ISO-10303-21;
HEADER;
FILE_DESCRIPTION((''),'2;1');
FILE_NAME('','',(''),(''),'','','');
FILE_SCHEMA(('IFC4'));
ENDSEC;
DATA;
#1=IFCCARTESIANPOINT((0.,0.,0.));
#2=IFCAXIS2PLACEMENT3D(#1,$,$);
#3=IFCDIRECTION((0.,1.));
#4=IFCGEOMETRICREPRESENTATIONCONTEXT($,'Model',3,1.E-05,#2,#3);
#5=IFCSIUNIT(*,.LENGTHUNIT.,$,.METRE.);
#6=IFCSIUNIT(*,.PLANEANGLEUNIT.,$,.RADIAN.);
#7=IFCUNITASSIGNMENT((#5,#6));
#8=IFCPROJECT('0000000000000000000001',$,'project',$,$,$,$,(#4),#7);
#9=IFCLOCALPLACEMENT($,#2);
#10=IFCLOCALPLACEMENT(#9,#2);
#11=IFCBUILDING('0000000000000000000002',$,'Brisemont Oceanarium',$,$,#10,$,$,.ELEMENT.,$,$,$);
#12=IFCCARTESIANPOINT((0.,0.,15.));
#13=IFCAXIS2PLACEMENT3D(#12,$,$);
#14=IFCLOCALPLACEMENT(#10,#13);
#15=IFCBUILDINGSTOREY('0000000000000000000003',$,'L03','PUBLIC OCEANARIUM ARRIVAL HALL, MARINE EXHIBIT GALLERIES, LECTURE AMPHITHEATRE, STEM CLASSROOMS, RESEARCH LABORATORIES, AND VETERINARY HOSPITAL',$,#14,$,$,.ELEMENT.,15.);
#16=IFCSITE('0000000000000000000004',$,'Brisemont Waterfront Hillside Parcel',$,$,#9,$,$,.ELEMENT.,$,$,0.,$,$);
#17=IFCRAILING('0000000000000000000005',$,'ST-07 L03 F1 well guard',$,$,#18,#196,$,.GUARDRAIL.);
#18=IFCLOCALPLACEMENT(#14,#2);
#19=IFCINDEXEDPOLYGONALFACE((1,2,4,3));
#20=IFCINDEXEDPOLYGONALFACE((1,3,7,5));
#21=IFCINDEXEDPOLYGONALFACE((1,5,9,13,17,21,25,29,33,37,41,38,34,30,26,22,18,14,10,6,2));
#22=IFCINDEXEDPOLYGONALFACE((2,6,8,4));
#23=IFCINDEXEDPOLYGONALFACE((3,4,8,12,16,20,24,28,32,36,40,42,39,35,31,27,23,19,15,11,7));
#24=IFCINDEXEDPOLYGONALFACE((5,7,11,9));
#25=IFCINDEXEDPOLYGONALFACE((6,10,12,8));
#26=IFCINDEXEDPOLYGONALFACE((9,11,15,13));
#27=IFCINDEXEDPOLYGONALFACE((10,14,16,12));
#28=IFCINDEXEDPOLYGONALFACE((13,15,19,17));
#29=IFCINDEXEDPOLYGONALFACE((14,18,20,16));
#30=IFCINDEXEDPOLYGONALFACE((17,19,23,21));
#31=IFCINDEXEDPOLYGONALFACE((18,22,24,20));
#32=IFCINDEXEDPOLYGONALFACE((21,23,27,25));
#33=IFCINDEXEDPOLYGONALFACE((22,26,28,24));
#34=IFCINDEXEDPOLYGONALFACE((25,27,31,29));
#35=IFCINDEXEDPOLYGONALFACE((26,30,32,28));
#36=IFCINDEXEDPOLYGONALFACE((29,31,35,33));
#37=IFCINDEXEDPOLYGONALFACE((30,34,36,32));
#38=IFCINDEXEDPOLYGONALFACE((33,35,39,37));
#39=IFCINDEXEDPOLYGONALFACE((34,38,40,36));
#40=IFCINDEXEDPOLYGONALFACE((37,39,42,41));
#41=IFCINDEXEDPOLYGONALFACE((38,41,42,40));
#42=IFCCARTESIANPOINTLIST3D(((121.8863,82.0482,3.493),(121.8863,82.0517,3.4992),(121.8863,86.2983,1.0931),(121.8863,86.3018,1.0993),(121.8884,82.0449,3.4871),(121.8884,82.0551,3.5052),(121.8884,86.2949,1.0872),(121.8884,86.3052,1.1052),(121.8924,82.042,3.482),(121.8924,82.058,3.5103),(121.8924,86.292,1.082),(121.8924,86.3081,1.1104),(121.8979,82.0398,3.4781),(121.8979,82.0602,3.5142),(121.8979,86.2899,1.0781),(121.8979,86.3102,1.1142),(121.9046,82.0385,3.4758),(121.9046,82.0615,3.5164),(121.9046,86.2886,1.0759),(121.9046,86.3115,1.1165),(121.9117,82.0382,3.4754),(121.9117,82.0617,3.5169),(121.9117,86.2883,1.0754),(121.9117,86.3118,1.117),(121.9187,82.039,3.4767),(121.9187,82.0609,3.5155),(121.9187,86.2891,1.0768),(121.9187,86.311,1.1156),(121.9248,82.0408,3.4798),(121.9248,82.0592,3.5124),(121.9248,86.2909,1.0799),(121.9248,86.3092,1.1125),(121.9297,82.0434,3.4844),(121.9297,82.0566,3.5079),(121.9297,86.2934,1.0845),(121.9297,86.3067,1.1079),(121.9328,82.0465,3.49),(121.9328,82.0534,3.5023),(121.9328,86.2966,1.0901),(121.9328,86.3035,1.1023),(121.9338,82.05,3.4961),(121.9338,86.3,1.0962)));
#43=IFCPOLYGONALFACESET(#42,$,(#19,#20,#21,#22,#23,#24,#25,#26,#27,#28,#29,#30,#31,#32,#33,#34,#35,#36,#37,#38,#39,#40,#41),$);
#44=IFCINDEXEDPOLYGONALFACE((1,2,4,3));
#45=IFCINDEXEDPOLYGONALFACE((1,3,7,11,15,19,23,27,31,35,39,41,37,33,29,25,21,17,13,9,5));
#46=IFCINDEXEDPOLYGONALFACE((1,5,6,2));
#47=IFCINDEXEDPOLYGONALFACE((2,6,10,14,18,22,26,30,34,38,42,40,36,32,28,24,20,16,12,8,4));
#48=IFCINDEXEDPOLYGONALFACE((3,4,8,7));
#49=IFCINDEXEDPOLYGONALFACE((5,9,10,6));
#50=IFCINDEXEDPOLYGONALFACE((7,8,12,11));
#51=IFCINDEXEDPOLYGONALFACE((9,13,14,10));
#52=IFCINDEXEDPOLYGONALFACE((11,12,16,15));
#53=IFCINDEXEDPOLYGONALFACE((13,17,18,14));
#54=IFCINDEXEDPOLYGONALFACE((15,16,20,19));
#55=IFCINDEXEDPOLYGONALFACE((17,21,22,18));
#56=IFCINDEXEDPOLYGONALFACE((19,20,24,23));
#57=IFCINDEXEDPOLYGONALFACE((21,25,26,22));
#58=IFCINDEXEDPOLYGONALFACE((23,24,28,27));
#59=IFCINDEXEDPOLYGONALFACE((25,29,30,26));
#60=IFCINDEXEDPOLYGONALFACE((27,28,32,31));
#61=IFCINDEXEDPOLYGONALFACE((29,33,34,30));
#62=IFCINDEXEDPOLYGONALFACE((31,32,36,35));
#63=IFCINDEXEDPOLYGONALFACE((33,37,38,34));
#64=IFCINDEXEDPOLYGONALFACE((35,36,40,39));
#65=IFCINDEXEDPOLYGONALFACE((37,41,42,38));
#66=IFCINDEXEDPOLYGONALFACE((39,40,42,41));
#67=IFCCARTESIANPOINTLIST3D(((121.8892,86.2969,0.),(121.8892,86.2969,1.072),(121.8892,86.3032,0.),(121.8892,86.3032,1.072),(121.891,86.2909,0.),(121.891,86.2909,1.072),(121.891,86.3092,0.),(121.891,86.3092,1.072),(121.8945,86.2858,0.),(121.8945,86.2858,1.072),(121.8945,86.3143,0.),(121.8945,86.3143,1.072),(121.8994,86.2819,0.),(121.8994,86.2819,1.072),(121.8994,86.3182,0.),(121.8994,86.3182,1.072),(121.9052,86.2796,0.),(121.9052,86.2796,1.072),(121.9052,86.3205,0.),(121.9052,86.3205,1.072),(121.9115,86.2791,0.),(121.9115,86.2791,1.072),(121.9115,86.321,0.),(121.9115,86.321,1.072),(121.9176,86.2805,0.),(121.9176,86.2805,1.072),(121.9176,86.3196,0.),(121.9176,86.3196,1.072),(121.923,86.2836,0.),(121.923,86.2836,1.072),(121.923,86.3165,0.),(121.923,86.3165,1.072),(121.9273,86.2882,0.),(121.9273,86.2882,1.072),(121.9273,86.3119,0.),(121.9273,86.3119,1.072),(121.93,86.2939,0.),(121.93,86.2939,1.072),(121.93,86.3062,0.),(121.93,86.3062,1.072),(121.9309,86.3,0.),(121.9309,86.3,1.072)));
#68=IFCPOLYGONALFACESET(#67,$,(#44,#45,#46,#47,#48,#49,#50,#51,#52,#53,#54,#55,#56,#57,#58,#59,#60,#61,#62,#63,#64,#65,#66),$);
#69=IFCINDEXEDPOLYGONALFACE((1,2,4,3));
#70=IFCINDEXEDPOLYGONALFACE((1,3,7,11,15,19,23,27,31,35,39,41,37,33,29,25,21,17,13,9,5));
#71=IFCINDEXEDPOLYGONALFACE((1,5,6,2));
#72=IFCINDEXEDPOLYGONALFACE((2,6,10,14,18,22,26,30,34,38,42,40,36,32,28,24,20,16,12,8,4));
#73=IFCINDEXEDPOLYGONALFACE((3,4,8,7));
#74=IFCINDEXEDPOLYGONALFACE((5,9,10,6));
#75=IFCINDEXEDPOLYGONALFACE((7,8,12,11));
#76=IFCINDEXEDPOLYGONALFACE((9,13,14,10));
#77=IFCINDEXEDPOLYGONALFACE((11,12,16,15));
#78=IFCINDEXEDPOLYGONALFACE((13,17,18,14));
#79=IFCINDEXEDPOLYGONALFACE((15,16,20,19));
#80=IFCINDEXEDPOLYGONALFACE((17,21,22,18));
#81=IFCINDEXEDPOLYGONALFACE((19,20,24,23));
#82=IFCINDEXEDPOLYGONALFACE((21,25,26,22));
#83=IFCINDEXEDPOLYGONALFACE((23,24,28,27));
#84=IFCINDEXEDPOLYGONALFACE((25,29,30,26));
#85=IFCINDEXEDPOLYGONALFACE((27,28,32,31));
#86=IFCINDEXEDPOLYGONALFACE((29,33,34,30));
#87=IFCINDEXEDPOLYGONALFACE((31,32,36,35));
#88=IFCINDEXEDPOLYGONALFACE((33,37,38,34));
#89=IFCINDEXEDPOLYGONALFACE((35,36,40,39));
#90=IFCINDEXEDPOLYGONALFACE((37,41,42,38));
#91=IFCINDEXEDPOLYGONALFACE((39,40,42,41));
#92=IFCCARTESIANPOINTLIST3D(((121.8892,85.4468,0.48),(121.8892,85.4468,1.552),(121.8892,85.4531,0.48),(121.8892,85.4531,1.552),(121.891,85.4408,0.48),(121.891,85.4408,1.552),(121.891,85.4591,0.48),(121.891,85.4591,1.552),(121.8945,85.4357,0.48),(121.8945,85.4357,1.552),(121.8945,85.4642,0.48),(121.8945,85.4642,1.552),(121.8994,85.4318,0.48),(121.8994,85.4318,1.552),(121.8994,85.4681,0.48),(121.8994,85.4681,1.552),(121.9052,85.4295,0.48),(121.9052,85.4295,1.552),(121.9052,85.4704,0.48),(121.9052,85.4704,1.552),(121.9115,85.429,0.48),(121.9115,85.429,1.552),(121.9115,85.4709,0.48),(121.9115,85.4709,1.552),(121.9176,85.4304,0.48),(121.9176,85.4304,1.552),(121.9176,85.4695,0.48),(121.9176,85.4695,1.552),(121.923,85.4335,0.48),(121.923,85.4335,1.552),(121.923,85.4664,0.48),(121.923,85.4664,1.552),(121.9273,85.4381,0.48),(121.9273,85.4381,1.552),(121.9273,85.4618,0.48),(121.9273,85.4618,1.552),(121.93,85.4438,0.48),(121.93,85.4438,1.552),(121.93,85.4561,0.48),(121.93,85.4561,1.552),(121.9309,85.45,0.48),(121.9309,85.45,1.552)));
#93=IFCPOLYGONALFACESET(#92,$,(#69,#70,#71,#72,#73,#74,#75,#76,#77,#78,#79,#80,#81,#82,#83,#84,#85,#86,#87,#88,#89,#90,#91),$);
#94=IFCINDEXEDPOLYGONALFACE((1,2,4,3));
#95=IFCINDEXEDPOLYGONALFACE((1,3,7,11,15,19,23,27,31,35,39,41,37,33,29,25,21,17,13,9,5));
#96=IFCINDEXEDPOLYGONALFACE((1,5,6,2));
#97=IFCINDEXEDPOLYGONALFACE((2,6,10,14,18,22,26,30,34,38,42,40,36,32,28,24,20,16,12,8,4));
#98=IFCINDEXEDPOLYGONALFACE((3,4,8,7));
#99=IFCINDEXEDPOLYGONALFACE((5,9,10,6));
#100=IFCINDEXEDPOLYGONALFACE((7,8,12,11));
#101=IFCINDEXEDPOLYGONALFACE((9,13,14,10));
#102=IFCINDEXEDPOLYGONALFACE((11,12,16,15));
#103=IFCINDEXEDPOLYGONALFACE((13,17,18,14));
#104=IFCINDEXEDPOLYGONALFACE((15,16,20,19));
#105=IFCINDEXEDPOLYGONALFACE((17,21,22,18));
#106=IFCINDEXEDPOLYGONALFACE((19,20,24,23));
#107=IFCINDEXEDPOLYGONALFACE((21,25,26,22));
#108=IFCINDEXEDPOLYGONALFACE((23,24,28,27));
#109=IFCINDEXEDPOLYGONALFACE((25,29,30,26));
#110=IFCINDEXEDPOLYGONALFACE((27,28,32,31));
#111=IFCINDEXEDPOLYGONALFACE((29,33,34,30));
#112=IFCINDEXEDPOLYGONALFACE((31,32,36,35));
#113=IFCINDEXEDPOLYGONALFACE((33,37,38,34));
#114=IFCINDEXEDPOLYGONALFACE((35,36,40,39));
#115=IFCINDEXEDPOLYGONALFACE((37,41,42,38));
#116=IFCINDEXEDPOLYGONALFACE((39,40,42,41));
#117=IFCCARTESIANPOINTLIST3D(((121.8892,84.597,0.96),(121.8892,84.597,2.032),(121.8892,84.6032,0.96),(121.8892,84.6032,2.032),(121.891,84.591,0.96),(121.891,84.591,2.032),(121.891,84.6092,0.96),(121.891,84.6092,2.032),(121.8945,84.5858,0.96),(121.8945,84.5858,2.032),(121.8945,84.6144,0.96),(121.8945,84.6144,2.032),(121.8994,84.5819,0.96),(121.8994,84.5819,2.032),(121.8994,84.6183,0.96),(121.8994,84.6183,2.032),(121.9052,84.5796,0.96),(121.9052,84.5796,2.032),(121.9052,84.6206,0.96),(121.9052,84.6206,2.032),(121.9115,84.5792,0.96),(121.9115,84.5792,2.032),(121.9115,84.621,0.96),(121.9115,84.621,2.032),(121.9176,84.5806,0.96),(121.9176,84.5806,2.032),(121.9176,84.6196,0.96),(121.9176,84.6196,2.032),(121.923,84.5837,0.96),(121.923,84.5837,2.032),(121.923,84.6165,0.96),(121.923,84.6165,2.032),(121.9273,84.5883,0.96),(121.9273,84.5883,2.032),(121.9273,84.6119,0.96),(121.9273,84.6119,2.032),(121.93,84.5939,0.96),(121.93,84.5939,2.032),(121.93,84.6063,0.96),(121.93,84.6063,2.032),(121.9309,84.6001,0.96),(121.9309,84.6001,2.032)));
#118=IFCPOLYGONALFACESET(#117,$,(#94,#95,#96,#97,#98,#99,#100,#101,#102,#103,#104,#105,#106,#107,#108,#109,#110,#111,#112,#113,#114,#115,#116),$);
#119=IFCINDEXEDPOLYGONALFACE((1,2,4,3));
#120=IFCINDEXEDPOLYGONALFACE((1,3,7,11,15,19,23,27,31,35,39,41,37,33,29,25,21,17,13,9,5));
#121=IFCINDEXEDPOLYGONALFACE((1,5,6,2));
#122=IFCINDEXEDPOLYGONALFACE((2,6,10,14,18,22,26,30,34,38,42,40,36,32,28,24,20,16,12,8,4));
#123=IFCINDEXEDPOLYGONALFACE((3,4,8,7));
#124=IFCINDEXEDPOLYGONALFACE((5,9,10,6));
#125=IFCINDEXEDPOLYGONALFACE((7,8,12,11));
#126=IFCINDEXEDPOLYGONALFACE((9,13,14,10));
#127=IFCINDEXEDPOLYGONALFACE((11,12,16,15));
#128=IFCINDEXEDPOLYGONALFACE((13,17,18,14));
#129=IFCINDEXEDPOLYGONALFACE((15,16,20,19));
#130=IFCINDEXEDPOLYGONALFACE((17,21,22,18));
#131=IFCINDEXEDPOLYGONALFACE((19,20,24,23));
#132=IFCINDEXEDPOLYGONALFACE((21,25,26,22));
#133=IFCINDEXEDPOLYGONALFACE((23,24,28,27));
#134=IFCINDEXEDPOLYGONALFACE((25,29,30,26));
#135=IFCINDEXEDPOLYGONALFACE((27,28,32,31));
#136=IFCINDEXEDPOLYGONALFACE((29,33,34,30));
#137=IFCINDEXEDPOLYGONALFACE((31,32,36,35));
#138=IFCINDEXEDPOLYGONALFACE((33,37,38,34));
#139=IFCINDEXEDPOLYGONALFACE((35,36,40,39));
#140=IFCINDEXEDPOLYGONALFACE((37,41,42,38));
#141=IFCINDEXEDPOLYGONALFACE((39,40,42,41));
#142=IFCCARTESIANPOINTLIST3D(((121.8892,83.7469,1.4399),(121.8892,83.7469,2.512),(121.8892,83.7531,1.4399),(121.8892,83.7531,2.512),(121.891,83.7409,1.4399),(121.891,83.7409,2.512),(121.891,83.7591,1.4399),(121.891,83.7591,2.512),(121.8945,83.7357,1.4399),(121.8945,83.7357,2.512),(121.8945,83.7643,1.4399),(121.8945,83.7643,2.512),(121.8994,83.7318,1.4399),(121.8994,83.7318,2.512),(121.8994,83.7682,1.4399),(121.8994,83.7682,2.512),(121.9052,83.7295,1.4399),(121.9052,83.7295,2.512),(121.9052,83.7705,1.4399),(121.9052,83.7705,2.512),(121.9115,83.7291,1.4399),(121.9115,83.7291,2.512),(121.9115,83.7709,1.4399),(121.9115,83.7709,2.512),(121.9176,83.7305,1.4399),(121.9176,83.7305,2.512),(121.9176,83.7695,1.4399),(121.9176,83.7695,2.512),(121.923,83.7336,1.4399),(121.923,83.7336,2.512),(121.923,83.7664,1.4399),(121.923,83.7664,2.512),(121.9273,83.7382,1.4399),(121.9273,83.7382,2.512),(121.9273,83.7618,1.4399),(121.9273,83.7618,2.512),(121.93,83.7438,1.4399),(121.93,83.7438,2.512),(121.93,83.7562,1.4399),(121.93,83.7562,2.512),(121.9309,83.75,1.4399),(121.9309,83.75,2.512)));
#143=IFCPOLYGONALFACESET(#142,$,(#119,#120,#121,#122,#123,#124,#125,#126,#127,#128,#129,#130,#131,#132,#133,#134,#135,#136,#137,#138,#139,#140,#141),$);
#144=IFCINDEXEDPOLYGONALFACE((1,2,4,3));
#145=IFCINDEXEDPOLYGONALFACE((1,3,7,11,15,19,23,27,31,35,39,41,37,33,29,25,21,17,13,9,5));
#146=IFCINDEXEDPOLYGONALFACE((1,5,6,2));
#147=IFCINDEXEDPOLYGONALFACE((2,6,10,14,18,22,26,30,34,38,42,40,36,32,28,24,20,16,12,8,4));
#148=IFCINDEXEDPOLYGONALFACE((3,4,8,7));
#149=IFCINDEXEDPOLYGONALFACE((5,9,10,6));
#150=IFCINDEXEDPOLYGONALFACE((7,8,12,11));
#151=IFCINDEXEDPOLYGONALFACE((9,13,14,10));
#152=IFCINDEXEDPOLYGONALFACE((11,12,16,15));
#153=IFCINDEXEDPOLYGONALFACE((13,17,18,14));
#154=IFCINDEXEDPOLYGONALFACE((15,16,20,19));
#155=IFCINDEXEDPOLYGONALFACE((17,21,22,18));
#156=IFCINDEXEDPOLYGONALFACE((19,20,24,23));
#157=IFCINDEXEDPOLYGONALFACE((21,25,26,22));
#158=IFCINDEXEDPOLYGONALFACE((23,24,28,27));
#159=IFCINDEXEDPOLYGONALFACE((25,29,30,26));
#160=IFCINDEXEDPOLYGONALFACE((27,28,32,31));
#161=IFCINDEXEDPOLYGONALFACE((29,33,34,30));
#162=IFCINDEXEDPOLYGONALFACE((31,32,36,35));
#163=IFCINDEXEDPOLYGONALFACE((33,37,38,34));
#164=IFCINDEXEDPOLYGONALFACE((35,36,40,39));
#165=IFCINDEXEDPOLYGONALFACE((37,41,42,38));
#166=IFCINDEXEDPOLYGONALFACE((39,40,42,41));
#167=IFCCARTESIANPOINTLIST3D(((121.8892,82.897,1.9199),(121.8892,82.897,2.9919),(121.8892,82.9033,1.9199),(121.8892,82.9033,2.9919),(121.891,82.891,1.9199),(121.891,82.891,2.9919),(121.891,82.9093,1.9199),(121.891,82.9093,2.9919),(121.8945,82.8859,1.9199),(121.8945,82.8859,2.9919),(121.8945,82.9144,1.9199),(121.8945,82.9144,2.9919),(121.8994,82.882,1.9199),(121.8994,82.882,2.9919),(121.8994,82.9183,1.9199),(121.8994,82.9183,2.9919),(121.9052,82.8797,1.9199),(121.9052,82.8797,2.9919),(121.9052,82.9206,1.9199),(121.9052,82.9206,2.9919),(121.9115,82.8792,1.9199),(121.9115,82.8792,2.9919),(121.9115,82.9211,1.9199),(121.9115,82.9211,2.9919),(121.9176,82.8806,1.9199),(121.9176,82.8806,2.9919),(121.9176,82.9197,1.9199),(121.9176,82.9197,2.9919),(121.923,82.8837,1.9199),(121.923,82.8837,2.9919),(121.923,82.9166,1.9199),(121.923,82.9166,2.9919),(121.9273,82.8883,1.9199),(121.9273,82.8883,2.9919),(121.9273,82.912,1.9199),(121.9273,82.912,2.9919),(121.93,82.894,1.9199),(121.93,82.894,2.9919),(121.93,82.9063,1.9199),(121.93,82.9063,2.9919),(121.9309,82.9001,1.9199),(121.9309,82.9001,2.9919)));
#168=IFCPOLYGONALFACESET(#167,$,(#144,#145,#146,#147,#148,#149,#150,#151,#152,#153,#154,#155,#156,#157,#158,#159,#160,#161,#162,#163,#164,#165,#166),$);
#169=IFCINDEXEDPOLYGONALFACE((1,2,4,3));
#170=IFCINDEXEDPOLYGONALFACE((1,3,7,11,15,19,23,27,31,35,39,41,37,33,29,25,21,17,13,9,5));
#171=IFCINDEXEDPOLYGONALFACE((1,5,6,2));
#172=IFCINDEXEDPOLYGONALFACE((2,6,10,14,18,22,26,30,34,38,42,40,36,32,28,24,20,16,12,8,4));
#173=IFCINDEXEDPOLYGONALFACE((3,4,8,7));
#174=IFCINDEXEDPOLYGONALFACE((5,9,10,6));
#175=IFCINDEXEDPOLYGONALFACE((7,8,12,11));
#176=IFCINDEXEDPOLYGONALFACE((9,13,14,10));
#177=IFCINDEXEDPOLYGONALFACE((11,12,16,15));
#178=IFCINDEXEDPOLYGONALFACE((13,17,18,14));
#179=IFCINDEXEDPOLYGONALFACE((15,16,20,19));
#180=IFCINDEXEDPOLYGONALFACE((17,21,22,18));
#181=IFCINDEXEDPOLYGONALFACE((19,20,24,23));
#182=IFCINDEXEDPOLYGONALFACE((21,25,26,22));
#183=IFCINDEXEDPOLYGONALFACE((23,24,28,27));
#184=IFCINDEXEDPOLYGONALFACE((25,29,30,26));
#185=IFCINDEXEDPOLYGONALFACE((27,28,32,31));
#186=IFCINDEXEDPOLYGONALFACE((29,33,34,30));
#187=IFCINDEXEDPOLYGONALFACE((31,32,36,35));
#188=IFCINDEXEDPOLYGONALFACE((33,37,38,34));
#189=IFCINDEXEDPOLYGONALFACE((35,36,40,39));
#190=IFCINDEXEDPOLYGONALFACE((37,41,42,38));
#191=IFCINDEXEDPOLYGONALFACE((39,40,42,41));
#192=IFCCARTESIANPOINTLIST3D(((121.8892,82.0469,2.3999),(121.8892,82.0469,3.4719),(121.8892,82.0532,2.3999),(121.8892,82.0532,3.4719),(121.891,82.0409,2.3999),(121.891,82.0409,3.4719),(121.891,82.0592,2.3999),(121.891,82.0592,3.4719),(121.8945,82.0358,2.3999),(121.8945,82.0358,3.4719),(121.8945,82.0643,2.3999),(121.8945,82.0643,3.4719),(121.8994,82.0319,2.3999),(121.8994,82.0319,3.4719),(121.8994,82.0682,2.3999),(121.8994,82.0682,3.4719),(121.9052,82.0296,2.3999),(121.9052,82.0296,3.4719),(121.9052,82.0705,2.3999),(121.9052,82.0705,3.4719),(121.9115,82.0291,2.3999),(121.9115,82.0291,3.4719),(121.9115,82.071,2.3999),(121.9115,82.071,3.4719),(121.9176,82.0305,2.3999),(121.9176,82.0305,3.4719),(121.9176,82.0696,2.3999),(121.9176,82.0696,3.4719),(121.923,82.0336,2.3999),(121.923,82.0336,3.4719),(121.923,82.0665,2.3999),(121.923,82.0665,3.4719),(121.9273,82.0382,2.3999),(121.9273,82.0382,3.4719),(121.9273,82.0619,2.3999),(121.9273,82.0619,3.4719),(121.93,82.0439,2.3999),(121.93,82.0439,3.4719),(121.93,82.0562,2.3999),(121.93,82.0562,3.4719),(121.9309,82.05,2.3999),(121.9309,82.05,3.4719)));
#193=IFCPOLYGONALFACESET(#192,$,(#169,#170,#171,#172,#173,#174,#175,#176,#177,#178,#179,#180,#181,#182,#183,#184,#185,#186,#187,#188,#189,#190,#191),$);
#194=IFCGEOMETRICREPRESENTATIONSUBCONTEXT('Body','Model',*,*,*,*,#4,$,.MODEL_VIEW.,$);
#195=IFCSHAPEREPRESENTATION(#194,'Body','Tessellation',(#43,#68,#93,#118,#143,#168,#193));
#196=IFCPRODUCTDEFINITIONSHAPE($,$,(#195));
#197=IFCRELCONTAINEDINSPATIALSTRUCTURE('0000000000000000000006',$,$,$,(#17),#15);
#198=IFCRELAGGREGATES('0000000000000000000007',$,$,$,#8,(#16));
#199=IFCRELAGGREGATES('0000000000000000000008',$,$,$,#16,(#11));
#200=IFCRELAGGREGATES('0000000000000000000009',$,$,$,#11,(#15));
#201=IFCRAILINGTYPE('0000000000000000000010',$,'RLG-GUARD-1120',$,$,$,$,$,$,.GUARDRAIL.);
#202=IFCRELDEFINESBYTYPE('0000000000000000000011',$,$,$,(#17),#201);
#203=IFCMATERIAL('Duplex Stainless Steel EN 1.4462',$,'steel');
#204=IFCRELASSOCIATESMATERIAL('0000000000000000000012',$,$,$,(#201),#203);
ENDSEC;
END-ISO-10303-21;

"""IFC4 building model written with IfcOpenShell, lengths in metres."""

from ifc_helpers import new_model, si_unit, direction, frame, origin, origin_2d, place, context, subcontext, project, spatial, circle, extrude, material, type_object, element, save


model = new_model("IFC4")

# Units and contexts
model_context = context("Model", 3, precision=1e-05, world=origin(), true_north=direction((0.0, 1.0)))
body_context = subcontext(model_context, "Body", "Model", "MODEL_VIEW")
ifc_project = project(units=[si_unit("LENGTHUNIT", "METRE"), si_unit("PLANEANGLEUNIT", "RADIAN")], contexts=[model_context])

# Site, building, storey
site_placement = place(None, origin())
site = spatial("IfcSite", under=ifc_project, at=site_placement, Name="Brisemont Waterfront Hillside Parcel", CompositionType="ELEMENT", RefElevation=0.0)
building_placement = place(site_placement, origin())
building = spatial("IfcBuilding", under=site, at=building_placement, Name="Brisemont Oceanarium", CompositionType="ELEMENT")
storey_placement = place(building_placement, frame((0.0, 0.0, 15.0)))
storey = spatial("IfcBuildingStorey", under=building, at=storey_placement, Name="L03", Description="PUBLIC OCEANARIUM ARRIVAL HALL, MARINE EXHIBIT GALLERIES, LECTURE AMPHITHEATRE, STEM CLASSROOMS, RESEARCH LABORATORIES, AND VETERINARY HOSPITAL", CompositionType="ELEMENT", Elevation=15.0)

# Railing
ifc_material_1 = material(Name="Duplex Stainless Steel EN 1.4462", Category="steel")
railing_type_1 = type_object("IfcRailingType", Name="RLG-GUARD-1120", PredefinedType="GUARDRAIL", material=ifc_material_1)
railing_1_placement = place(storey_placement, frame((121.9099, 86.3, 0.0)))
element("IfcRailing", 1, at=railing_1_placement, inside=storey, type_object=railing_type_1, Name="ST-07 L03 F1 well guard", PredefinedType="GUARDRAIL", context=body_context, shape_type="SweptSolid", body=[
    extrude(circle(Radius=0.0239, at=origin_2d()), frame((0.0, 0.0, 1.0962), z_axis=(0.0, -0.870762, 0.491704), x_axis=(1.0, 0.0, 0.0)), (0.0, 0.0, 1.0), 4.8809),
    extrude(circle(Radius=0.021, at=origin_2d()), origin(), (0.0, 0.0, 1.0), 1.072),
    extrude(circle(Radius=0.021, at=origin_2d()), frame((0.0, -0.8501, 0.48)), (0.0, 0.0, 1.0), 1.072),
    extrude(circle(Radius=0.021, at=origin_2d()), frame((0.0, -1.7, 0.96)), (0.0, 0.0, 1.0), 1.072),
    extrude(circle(Radius=0.021, at=origin_2d()), frame((0.0, -2.55, 1.4399)), (0.0, 0.0, 1.0), 1.072),
    extrude(circle(Radius=0.021, at=origin_2d()), frame((0.0, -3.3999, 1.9199)), (0.0, 0.0, 1.0), 1.072),
    extrude(circle(Radius=0.021, at=origin_2d()), frame((0.0, -4.25, 2.3999)), (0.0, 0.0, 1.0), 1.072),
])

save(model, "model.ifc")
